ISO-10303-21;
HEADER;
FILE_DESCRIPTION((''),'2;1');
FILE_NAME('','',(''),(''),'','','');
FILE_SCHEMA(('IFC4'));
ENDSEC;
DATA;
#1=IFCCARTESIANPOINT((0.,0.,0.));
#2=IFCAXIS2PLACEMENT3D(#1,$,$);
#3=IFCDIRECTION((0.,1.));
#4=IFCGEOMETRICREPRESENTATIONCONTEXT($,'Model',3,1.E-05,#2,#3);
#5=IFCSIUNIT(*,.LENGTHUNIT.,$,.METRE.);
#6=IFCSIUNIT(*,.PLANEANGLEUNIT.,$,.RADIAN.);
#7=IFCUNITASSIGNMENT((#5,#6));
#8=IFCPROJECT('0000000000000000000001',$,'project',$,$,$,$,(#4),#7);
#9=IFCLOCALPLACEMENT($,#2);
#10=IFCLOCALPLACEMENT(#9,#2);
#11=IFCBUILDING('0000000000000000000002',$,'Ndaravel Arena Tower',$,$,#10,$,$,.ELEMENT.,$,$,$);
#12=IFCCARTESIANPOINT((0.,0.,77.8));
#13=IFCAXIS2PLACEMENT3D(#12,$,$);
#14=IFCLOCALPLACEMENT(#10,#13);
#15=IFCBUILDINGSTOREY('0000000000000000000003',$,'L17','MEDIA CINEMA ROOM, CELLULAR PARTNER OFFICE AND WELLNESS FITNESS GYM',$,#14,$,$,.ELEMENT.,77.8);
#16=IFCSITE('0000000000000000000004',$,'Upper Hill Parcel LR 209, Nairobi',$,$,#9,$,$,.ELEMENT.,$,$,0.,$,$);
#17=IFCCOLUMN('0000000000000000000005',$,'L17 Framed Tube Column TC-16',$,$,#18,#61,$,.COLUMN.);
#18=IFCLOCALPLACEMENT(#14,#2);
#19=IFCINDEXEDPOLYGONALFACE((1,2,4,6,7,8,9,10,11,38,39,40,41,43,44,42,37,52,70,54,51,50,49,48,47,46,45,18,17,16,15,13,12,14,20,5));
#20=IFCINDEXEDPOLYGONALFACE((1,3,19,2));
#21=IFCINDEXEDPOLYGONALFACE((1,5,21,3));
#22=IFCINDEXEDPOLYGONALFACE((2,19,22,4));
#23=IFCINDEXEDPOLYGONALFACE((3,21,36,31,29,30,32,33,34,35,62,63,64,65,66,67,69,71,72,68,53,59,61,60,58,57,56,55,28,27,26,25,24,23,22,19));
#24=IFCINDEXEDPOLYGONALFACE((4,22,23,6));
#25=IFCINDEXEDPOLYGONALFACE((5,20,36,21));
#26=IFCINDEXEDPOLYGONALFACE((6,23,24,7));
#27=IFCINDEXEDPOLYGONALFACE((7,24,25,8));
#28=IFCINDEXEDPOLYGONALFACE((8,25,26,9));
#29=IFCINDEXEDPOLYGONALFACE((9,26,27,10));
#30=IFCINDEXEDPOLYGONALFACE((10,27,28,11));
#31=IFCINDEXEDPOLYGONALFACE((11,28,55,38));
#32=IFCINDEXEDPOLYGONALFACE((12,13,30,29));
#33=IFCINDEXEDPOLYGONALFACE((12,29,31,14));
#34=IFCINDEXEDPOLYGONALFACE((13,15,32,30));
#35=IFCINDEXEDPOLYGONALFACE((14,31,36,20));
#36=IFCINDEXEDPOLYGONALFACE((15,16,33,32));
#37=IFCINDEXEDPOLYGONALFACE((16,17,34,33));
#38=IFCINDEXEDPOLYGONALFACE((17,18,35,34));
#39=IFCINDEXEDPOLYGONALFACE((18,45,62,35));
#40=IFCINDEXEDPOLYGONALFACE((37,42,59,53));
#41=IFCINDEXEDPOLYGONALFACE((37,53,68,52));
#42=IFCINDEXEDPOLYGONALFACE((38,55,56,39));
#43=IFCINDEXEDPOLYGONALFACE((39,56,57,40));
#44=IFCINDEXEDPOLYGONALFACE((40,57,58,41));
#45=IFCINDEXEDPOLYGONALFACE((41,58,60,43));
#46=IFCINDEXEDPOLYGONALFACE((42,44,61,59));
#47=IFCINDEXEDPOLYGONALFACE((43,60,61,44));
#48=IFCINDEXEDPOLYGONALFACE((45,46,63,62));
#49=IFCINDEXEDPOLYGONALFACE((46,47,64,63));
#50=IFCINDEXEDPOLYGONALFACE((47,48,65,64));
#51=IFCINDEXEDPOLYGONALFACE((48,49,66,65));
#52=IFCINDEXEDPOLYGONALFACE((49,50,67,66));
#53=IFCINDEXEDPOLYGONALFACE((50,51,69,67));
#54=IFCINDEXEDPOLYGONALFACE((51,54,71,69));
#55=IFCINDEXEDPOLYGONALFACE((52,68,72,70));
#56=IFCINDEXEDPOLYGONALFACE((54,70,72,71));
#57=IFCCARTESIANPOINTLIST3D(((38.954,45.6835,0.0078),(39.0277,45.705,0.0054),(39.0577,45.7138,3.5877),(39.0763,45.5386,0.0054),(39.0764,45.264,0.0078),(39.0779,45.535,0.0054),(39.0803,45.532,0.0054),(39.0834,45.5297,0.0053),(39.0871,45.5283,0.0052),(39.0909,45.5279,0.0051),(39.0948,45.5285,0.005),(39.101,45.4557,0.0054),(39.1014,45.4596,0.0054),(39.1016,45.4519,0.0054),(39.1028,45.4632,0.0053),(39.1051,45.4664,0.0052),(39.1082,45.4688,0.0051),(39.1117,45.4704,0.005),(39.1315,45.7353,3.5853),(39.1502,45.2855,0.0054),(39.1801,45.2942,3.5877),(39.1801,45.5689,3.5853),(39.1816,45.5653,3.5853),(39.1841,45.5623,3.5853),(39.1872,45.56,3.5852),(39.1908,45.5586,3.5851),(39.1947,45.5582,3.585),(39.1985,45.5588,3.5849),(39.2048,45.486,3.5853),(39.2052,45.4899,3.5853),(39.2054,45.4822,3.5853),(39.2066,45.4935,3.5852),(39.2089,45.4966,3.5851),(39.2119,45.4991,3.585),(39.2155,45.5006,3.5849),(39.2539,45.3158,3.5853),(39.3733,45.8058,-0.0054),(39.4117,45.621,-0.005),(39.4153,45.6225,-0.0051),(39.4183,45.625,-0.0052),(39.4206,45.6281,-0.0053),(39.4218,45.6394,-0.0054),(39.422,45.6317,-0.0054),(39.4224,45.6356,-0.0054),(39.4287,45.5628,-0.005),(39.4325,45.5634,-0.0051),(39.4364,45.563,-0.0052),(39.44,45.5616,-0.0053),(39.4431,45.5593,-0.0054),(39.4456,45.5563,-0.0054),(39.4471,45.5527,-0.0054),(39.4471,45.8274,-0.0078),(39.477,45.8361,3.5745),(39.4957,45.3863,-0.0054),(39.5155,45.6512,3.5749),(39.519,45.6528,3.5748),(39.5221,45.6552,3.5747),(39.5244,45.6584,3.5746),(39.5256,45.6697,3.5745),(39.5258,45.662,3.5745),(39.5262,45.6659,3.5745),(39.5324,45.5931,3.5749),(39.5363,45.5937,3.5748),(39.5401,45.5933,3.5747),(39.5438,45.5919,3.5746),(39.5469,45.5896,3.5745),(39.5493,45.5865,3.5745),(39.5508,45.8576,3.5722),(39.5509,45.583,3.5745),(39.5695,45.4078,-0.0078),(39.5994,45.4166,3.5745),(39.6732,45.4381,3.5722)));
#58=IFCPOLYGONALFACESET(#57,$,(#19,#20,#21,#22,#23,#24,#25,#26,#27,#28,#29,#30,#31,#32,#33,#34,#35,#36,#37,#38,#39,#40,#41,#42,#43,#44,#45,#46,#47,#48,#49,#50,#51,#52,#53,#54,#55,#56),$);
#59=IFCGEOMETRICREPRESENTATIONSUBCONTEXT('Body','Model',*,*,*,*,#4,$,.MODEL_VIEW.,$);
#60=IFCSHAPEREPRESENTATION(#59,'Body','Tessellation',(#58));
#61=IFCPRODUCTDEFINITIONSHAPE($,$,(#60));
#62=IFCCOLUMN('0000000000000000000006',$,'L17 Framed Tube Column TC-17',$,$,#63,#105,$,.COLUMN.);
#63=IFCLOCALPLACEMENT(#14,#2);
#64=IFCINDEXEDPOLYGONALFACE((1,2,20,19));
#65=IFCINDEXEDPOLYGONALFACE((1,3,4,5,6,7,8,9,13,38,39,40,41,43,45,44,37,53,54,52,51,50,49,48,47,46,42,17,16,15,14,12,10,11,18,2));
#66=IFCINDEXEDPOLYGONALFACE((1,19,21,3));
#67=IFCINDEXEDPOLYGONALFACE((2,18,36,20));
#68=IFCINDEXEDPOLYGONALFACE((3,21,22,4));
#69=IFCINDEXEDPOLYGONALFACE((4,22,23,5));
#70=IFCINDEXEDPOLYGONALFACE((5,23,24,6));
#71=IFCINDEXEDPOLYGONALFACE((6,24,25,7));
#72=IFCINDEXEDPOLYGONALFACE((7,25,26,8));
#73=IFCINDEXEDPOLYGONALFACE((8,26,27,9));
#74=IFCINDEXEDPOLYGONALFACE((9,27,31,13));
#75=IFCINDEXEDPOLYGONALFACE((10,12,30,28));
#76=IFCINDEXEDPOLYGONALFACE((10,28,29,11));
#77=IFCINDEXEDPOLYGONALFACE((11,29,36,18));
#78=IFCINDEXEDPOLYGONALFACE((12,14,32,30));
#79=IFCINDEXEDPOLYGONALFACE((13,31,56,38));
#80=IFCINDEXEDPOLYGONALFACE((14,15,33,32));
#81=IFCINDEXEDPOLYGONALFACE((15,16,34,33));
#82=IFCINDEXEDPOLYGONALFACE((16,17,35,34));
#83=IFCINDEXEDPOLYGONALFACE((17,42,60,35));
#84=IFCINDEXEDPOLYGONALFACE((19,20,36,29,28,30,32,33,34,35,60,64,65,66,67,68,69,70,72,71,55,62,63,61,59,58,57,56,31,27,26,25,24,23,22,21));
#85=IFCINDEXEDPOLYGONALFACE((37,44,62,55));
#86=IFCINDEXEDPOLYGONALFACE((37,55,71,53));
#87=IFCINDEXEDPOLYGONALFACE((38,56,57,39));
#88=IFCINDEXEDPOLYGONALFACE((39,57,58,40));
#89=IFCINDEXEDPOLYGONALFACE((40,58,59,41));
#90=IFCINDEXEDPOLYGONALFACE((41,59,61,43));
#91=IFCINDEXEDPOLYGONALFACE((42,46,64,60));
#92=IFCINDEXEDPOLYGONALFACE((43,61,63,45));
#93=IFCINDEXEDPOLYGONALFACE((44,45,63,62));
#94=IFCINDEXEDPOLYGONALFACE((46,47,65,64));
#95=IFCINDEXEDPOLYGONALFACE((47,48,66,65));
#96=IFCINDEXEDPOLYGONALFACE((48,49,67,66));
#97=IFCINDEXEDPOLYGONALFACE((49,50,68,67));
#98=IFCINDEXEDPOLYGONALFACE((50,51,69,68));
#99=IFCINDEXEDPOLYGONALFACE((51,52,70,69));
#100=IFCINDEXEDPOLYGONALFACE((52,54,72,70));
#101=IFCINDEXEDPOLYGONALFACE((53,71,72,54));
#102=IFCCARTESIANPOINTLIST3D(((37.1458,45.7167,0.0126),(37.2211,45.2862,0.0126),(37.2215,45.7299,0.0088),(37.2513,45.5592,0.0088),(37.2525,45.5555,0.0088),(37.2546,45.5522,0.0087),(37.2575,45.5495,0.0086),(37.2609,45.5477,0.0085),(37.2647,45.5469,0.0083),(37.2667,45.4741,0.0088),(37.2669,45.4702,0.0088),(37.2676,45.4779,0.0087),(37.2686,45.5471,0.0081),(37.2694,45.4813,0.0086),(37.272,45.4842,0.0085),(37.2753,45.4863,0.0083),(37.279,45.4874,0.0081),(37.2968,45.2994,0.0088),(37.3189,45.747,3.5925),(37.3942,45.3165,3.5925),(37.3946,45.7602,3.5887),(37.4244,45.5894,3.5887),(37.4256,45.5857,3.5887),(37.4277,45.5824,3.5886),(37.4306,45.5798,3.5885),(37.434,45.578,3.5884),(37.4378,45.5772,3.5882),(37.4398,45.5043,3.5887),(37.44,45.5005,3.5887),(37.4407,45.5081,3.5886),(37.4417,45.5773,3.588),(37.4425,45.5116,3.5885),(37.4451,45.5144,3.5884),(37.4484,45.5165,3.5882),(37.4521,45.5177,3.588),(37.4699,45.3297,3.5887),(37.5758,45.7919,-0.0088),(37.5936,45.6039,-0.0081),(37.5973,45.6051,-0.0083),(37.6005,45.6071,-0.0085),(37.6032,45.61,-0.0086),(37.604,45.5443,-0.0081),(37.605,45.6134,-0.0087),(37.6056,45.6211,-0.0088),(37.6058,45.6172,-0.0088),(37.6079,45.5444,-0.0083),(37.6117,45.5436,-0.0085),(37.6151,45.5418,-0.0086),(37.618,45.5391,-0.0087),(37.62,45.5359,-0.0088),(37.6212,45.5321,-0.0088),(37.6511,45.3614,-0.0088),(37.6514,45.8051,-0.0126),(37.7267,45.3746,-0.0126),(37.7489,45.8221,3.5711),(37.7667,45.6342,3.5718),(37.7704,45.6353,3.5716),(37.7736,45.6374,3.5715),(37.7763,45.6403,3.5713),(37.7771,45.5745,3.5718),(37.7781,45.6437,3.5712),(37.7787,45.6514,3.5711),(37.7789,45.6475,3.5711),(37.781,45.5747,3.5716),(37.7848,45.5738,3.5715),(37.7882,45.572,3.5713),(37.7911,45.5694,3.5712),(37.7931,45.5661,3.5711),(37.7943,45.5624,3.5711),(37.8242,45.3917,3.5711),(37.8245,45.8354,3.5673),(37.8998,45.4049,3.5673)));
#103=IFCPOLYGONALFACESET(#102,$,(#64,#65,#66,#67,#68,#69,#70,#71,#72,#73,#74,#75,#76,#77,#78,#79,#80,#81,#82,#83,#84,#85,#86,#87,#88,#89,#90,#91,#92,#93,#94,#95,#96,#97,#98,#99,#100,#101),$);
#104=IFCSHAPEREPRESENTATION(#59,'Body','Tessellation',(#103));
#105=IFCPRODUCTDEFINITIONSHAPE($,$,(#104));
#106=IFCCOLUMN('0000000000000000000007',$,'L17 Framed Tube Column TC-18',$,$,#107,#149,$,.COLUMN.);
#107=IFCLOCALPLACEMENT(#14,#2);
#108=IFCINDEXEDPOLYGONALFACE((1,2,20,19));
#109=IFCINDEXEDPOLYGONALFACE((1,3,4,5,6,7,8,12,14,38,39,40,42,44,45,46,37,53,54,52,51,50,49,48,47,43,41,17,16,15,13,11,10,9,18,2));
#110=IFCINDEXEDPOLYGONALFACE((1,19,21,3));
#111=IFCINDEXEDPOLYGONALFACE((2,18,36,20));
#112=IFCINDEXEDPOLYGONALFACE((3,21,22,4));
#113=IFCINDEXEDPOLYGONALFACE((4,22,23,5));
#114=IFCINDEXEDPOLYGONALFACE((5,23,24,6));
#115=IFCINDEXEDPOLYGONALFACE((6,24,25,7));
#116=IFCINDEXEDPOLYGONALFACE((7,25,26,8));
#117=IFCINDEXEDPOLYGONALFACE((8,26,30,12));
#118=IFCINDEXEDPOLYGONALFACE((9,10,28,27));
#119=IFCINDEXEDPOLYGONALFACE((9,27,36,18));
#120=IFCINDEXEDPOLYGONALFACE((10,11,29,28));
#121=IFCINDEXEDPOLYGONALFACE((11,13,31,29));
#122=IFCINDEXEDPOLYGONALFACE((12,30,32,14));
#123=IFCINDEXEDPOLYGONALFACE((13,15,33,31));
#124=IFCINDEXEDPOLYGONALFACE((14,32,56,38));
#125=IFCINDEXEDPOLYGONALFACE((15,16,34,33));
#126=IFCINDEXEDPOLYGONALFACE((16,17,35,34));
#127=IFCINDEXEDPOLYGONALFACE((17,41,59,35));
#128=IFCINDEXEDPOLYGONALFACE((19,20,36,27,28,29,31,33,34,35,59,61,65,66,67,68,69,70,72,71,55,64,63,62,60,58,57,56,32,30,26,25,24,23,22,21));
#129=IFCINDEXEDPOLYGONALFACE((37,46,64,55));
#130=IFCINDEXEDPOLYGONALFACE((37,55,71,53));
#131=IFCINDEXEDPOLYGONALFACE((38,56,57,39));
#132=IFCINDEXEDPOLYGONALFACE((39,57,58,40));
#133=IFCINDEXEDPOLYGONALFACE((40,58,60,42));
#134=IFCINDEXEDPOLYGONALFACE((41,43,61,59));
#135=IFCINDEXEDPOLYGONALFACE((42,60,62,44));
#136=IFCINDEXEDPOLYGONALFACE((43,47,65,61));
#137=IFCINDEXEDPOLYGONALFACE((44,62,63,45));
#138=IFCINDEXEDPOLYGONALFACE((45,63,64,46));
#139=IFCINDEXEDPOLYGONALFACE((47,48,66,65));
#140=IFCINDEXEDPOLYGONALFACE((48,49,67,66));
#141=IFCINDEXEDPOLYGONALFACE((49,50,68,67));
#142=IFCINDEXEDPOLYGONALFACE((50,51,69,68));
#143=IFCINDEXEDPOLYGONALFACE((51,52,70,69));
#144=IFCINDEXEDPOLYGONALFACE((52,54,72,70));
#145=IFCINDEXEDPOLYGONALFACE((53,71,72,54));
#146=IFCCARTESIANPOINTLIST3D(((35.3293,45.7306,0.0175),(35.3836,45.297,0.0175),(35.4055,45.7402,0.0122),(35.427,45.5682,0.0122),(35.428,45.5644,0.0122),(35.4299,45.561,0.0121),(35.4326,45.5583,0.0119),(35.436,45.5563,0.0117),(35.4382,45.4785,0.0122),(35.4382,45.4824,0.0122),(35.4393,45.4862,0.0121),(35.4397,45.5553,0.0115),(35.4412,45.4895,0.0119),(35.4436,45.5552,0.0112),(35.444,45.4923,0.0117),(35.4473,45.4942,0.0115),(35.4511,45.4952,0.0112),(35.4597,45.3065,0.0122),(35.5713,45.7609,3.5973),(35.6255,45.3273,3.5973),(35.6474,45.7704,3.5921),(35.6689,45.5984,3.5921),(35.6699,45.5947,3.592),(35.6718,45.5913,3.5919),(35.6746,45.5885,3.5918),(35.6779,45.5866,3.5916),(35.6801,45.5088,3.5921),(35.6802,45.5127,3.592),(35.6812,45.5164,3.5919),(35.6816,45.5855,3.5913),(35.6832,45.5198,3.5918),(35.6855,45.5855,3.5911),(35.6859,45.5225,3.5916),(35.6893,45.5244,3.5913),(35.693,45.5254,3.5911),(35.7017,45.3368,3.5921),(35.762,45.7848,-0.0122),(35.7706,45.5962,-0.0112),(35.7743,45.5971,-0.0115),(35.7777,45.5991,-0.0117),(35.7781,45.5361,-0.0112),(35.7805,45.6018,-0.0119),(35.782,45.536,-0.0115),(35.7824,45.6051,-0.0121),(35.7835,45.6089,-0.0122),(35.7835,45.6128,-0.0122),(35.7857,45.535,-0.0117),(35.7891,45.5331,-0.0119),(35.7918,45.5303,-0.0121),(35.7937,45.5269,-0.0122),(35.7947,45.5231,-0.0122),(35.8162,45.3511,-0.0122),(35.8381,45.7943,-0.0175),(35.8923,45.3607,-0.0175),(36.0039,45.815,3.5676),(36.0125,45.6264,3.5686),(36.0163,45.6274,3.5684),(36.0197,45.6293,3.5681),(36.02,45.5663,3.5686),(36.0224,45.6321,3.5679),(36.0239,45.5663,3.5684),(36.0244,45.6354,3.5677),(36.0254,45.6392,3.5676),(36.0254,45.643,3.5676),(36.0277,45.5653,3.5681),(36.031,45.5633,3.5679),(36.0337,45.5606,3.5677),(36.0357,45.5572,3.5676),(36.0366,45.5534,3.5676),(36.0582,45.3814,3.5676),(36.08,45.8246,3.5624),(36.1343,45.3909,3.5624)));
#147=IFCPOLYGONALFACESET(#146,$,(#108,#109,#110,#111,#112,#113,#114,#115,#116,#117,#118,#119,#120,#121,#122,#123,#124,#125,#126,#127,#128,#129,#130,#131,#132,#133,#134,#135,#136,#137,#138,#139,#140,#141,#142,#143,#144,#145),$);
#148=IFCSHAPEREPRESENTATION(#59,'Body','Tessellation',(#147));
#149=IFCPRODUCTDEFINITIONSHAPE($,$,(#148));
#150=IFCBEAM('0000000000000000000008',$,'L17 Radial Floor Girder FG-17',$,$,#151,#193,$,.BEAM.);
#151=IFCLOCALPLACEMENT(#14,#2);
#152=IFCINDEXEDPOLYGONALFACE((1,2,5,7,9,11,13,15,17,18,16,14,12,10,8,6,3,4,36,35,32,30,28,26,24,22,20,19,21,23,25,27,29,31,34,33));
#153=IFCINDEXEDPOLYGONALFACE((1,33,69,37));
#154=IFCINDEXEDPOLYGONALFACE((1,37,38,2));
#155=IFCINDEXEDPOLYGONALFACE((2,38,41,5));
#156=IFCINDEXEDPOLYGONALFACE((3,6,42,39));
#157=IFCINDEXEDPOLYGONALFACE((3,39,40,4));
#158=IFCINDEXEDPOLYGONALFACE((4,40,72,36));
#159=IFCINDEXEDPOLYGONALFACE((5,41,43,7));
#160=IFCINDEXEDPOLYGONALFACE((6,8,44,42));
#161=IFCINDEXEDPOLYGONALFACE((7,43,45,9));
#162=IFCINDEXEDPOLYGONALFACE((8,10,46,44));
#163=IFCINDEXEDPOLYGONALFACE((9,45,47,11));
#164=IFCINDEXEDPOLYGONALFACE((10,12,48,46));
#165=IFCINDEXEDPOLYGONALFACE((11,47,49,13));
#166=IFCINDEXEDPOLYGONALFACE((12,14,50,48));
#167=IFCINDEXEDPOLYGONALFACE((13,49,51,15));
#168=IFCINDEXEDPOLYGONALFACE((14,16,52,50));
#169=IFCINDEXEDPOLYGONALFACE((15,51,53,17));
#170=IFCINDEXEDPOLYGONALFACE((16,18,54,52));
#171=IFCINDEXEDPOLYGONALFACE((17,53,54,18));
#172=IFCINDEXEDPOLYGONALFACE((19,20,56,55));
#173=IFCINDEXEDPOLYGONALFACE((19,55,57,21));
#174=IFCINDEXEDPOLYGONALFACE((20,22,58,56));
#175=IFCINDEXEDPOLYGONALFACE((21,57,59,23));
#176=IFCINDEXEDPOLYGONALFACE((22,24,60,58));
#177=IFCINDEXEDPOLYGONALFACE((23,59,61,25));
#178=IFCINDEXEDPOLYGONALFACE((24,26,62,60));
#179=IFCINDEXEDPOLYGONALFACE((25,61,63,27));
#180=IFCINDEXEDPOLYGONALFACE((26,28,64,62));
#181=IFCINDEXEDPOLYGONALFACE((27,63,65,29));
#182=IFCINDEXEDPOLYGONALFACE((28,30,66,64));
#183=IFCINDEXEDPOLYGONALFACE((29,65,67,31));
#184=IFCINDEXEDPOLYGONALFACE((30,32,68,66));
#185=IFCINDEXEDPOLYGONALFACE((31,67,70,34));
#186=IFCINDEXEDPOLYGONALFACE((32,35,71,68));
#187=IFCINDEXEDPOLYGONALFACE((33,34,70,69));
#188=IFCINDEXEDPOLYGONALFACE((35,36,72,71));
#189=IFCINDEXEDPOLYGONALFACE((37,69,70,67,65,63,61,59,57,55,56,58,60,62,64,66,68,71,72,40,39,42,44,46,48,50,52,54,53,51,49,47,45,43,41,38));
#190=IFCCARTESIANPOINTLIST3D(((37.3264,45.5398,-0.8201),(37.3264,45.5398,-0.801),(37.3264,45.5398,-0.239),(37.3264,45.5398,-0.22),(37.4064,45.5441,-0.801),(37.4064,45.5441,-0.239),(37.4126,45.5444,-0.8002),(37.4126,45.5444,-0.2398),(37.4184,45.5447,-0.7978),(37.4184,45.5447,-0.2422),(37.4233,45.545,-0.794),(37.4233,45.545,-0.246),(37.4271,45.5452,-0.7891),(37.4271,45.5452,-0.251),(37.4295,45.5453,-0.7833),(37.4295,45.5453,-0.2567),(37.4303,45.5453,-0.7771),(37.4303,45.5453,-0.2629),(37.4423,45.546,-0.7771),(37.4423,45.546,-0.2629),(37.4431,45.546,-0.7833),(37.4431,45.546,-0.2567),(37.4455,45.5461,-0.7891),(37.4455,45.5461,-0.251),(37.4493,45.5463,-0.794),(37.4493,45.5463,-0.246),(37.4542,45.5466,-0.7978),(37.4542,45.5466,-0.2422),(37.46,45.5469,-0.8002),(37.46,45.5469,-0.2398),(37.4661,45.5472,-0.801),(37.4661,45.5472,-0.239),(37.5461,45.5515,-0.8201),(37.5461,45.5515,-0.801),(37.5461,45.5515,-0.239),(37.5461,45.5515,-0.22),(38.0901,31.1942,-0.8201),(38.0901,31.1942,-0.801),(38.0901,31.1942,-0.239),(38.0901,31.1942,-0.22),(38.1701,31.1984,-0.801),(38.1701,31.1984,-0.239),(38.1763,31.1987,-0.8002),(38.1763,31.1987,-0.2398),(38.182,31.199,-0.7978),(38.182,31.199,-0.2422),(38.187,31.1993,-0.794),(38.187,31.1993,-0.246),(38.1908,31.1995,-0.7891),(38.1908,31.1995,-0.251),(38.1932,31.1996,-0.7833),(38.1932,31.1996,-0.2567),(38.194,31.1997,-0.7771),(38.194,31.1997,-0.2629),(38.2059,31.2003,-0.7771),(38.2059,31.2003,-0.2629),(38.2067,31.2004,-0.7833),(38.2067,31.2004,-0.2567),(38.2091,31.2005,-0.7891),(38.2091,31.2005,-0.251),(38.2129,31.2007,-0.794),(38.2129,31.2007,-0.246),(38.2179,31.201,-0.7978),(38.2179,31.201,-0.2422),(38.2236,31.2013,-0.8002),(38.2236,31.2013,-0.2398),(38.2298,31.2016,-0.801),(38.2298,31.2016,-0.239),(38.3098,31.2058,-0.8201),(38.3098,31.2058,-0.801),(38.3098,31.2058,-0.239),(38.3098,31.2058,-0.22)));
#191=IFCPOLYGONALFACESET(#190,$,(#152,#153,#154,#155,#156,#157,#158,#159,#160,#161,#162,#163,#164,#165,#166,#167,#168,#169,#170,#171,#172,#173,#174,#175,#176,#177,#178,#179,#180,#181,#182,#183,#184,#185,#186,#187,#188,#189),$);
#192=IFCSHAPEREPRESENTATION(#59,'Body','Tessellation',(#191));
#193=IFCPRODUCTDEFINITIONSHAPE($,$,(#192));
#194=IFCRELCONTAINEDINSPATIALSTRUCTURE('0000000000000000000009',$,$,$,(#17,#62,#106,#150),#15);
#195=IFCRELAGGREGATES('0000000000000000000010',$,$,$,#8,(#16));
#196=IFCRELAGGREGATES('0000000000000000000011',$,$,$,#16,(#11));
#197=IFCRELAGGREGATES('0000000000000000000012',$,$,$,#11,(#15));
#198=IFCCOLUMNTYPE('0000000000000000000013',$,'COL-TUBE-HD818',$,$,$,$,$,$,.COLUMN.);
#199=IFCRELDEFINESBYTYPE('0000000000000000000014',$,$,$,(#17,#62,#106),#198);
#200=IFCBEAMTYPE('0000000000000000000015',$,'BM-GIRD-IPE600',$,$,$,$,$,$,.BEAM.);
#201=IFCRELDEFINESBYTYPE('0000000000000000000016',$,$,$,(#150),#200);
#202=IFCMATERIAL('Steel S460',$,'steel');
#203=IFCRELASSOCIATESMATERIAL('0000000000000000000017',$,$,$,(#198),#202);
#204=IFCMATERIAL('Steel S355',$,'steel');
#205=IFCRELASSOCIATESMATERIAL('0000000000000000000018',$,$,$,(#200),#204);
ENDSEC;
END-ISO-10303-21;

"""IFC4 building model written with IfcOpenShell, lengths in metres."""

from ifc_helpers import new_model, si_unit, direction, frame, origin, origin_2d, place, context, subcontext, project, spatial, i_section, extrude, material, material_profile, profile_set, type_object, element, save


model = new_model("IFC4")

# Units and contexts
model_context = context("Model", 3, precision=1e-05, world=origin(), true_north=direction((0.0, 1.0)))
body_context = subcontext(model_context, "Body", "Model", "MODEL_VIEW")
ifc_project = project(units=[si_unit("LENGTHUNIT", "METRE"), si_unit("PLANEANGLEUNIT", "RADIAN")], contexts=[model_context])

# Site, building, storey
site_placement = place(None, origin())
site = spatial("IfcSite", under=ifc_project, at=site_placement, Name="Upper Hill Parcel LR 209, Nairobi", CompositionType="ELEMENT", RefElevation=0.0)
building_placement = place(site_placement, origin())
building = spatial("IfcBuilding", under=site, at=building_placement, Name="Ndaravel Arena Tower", CompositionType="ELEMENT")
storey_placement = place(building_placement, frame((0.0, 0.0, 77.8)))
storey = spatial("IfcBuildingStorey", under=building, at=storey_placement, Name="L17", Description="MEDIA CINEMA ROOM, CELLULAR PARTNER OFFICE AND WELLNESS FITNESS GYM", CompositionType="ELEMENT", Elevation=77.8)

# Columns
ifc_material_1 = material(Name="Steel S460", Category="steel")
ifc_material_profile_1 = material_profile(ifc_material_1, i_section(OverallWidth=0.437, OverallDepth=0.5139, WebThickness=0.0605, FlangeThickness=0.0769, FilletRadius=0.0149, at=origin_2d()), Name="HD 400x818")
ifc_profile_set_1 = profile_set([ifc_material_profile_1], Name="Steel S460")
column_type = type_object("IfcColumnType", Name="COL-TUBE-HD818", PredefinedType="COLUMN", material=ifc_profile_set_1)
column_1_placement = place(storey_placement, frame((39.2617, 45.5457, 0.0), z_axis=(0.028971, 0.008453, 0.999545), x_axis=(-0.280087, 0.959975, 0.0)))
element("IfcColumn", 1, at=column_1_placement, inside=storey, type_object=column_type, Name="L17 Framed Tube Column TC-16", PredefinedType="COLUMN", context=body_context, shape_type="SweptSolid", body=[
    extrude(i_section(OverallWidth=0.437, OverallDepth=0.5139, WebThickness=0.0605, FlangeThickness=0.0769, FilletRadius=0.0149, at=origin_2d()), origin(), (0.0, 0.0, 1.0), 3.5815),
])
column_2_placement = place(storey_placement, frame((37.4363, 45.5457, 0.0), z_axis=(0.048295, 0.008446, 0.998797), x_axis=(-0.172279, 0.985048, 0.0)))
element("IfcColumn", 2, at=column_2_placement, inside=storey, type_object=column_type, Name="L17 Framed Tube Column TC-17", PredefinedType="COLUMN", context=body_context, shape_type="SweptSolid", body=[
    extrude(i_section(OverallWidth=0.437, OverallDepth=0.5139, WebThickness=0.0605, FlangeThickness=0.0769, FilletRadius=0.0149, at=origin_2d()), origin(), (0.0, 0.0, 1.0), 3.5842),
])
column_3_placement = place(storey_placement, frame((35.6108, 45.5457, 0.0), z_axis=(0.067429, 0.008437, 0.997688), x_axis=(-0.124158, 0.992262, 0.0)))
element("IfcColumn", 3, at=column_3_placement, inside=storey, type_object=column_type, Name="L17 Framed Tube Column TC-18", PredefinedType="COLUMN", context=body_context, shape_type="SweptSolid", body=[
    extrude(i_section(OverallWidth=0.437, OverallDepth=0.5139, WebThickness=0.0605, FlangeThickness=0.0769, FilletRadius=0.0149, at=origin_2d()), origin(), (0.0, 0.0, 1.0), 3.5881),
])

# Beam
ifc_material_2 = material(Name="Steel S355", Category="steel")
ifc_material_profile_2 = material_profile(ifc_material_2, i_section(OverallWidth=0.22, OverallDepth=0.6001, WebThickness=0.012, FlangeThickness=0.019, FilletRadius=0.0239, at=origin_2d()), Name="IPE 600")
ifc_profile_set_2 = profile_set([ifc_material_profile_2], Name="Steel S355")
beam_type_1 = type_object("IfcBeamType", Name="BM-GIRD-IPE600", PredefinedType="BEAM", material=ifc_profile_set_2)
beam_1_placement = place(storey_placement, frame((37.4363, 45.5457, -0.52), z_axis=(0.053158, -0.998586, 0.0), x_axis=(0.998586, 0.053158, 0.0)))
element("IfcBeam", 4, at=beam_1_placement, inside=storey, type_object=beam_type_1, Name="L17 Radial Floor Girder FG-17", PredefinedType="BEAM", context=body_context, shape_type="SweptSolid", body=[
    extrude(i_section(OverallWidth=0.22, OverallDepth=0.6001, WebThickness=0.012, FlangeThickness=0.019, FilletRadius=0.0239, at=origin_2d()), origin(), (0.0, 0.0, 1.0), 14.366),
])

save(model, "model.ifc")
